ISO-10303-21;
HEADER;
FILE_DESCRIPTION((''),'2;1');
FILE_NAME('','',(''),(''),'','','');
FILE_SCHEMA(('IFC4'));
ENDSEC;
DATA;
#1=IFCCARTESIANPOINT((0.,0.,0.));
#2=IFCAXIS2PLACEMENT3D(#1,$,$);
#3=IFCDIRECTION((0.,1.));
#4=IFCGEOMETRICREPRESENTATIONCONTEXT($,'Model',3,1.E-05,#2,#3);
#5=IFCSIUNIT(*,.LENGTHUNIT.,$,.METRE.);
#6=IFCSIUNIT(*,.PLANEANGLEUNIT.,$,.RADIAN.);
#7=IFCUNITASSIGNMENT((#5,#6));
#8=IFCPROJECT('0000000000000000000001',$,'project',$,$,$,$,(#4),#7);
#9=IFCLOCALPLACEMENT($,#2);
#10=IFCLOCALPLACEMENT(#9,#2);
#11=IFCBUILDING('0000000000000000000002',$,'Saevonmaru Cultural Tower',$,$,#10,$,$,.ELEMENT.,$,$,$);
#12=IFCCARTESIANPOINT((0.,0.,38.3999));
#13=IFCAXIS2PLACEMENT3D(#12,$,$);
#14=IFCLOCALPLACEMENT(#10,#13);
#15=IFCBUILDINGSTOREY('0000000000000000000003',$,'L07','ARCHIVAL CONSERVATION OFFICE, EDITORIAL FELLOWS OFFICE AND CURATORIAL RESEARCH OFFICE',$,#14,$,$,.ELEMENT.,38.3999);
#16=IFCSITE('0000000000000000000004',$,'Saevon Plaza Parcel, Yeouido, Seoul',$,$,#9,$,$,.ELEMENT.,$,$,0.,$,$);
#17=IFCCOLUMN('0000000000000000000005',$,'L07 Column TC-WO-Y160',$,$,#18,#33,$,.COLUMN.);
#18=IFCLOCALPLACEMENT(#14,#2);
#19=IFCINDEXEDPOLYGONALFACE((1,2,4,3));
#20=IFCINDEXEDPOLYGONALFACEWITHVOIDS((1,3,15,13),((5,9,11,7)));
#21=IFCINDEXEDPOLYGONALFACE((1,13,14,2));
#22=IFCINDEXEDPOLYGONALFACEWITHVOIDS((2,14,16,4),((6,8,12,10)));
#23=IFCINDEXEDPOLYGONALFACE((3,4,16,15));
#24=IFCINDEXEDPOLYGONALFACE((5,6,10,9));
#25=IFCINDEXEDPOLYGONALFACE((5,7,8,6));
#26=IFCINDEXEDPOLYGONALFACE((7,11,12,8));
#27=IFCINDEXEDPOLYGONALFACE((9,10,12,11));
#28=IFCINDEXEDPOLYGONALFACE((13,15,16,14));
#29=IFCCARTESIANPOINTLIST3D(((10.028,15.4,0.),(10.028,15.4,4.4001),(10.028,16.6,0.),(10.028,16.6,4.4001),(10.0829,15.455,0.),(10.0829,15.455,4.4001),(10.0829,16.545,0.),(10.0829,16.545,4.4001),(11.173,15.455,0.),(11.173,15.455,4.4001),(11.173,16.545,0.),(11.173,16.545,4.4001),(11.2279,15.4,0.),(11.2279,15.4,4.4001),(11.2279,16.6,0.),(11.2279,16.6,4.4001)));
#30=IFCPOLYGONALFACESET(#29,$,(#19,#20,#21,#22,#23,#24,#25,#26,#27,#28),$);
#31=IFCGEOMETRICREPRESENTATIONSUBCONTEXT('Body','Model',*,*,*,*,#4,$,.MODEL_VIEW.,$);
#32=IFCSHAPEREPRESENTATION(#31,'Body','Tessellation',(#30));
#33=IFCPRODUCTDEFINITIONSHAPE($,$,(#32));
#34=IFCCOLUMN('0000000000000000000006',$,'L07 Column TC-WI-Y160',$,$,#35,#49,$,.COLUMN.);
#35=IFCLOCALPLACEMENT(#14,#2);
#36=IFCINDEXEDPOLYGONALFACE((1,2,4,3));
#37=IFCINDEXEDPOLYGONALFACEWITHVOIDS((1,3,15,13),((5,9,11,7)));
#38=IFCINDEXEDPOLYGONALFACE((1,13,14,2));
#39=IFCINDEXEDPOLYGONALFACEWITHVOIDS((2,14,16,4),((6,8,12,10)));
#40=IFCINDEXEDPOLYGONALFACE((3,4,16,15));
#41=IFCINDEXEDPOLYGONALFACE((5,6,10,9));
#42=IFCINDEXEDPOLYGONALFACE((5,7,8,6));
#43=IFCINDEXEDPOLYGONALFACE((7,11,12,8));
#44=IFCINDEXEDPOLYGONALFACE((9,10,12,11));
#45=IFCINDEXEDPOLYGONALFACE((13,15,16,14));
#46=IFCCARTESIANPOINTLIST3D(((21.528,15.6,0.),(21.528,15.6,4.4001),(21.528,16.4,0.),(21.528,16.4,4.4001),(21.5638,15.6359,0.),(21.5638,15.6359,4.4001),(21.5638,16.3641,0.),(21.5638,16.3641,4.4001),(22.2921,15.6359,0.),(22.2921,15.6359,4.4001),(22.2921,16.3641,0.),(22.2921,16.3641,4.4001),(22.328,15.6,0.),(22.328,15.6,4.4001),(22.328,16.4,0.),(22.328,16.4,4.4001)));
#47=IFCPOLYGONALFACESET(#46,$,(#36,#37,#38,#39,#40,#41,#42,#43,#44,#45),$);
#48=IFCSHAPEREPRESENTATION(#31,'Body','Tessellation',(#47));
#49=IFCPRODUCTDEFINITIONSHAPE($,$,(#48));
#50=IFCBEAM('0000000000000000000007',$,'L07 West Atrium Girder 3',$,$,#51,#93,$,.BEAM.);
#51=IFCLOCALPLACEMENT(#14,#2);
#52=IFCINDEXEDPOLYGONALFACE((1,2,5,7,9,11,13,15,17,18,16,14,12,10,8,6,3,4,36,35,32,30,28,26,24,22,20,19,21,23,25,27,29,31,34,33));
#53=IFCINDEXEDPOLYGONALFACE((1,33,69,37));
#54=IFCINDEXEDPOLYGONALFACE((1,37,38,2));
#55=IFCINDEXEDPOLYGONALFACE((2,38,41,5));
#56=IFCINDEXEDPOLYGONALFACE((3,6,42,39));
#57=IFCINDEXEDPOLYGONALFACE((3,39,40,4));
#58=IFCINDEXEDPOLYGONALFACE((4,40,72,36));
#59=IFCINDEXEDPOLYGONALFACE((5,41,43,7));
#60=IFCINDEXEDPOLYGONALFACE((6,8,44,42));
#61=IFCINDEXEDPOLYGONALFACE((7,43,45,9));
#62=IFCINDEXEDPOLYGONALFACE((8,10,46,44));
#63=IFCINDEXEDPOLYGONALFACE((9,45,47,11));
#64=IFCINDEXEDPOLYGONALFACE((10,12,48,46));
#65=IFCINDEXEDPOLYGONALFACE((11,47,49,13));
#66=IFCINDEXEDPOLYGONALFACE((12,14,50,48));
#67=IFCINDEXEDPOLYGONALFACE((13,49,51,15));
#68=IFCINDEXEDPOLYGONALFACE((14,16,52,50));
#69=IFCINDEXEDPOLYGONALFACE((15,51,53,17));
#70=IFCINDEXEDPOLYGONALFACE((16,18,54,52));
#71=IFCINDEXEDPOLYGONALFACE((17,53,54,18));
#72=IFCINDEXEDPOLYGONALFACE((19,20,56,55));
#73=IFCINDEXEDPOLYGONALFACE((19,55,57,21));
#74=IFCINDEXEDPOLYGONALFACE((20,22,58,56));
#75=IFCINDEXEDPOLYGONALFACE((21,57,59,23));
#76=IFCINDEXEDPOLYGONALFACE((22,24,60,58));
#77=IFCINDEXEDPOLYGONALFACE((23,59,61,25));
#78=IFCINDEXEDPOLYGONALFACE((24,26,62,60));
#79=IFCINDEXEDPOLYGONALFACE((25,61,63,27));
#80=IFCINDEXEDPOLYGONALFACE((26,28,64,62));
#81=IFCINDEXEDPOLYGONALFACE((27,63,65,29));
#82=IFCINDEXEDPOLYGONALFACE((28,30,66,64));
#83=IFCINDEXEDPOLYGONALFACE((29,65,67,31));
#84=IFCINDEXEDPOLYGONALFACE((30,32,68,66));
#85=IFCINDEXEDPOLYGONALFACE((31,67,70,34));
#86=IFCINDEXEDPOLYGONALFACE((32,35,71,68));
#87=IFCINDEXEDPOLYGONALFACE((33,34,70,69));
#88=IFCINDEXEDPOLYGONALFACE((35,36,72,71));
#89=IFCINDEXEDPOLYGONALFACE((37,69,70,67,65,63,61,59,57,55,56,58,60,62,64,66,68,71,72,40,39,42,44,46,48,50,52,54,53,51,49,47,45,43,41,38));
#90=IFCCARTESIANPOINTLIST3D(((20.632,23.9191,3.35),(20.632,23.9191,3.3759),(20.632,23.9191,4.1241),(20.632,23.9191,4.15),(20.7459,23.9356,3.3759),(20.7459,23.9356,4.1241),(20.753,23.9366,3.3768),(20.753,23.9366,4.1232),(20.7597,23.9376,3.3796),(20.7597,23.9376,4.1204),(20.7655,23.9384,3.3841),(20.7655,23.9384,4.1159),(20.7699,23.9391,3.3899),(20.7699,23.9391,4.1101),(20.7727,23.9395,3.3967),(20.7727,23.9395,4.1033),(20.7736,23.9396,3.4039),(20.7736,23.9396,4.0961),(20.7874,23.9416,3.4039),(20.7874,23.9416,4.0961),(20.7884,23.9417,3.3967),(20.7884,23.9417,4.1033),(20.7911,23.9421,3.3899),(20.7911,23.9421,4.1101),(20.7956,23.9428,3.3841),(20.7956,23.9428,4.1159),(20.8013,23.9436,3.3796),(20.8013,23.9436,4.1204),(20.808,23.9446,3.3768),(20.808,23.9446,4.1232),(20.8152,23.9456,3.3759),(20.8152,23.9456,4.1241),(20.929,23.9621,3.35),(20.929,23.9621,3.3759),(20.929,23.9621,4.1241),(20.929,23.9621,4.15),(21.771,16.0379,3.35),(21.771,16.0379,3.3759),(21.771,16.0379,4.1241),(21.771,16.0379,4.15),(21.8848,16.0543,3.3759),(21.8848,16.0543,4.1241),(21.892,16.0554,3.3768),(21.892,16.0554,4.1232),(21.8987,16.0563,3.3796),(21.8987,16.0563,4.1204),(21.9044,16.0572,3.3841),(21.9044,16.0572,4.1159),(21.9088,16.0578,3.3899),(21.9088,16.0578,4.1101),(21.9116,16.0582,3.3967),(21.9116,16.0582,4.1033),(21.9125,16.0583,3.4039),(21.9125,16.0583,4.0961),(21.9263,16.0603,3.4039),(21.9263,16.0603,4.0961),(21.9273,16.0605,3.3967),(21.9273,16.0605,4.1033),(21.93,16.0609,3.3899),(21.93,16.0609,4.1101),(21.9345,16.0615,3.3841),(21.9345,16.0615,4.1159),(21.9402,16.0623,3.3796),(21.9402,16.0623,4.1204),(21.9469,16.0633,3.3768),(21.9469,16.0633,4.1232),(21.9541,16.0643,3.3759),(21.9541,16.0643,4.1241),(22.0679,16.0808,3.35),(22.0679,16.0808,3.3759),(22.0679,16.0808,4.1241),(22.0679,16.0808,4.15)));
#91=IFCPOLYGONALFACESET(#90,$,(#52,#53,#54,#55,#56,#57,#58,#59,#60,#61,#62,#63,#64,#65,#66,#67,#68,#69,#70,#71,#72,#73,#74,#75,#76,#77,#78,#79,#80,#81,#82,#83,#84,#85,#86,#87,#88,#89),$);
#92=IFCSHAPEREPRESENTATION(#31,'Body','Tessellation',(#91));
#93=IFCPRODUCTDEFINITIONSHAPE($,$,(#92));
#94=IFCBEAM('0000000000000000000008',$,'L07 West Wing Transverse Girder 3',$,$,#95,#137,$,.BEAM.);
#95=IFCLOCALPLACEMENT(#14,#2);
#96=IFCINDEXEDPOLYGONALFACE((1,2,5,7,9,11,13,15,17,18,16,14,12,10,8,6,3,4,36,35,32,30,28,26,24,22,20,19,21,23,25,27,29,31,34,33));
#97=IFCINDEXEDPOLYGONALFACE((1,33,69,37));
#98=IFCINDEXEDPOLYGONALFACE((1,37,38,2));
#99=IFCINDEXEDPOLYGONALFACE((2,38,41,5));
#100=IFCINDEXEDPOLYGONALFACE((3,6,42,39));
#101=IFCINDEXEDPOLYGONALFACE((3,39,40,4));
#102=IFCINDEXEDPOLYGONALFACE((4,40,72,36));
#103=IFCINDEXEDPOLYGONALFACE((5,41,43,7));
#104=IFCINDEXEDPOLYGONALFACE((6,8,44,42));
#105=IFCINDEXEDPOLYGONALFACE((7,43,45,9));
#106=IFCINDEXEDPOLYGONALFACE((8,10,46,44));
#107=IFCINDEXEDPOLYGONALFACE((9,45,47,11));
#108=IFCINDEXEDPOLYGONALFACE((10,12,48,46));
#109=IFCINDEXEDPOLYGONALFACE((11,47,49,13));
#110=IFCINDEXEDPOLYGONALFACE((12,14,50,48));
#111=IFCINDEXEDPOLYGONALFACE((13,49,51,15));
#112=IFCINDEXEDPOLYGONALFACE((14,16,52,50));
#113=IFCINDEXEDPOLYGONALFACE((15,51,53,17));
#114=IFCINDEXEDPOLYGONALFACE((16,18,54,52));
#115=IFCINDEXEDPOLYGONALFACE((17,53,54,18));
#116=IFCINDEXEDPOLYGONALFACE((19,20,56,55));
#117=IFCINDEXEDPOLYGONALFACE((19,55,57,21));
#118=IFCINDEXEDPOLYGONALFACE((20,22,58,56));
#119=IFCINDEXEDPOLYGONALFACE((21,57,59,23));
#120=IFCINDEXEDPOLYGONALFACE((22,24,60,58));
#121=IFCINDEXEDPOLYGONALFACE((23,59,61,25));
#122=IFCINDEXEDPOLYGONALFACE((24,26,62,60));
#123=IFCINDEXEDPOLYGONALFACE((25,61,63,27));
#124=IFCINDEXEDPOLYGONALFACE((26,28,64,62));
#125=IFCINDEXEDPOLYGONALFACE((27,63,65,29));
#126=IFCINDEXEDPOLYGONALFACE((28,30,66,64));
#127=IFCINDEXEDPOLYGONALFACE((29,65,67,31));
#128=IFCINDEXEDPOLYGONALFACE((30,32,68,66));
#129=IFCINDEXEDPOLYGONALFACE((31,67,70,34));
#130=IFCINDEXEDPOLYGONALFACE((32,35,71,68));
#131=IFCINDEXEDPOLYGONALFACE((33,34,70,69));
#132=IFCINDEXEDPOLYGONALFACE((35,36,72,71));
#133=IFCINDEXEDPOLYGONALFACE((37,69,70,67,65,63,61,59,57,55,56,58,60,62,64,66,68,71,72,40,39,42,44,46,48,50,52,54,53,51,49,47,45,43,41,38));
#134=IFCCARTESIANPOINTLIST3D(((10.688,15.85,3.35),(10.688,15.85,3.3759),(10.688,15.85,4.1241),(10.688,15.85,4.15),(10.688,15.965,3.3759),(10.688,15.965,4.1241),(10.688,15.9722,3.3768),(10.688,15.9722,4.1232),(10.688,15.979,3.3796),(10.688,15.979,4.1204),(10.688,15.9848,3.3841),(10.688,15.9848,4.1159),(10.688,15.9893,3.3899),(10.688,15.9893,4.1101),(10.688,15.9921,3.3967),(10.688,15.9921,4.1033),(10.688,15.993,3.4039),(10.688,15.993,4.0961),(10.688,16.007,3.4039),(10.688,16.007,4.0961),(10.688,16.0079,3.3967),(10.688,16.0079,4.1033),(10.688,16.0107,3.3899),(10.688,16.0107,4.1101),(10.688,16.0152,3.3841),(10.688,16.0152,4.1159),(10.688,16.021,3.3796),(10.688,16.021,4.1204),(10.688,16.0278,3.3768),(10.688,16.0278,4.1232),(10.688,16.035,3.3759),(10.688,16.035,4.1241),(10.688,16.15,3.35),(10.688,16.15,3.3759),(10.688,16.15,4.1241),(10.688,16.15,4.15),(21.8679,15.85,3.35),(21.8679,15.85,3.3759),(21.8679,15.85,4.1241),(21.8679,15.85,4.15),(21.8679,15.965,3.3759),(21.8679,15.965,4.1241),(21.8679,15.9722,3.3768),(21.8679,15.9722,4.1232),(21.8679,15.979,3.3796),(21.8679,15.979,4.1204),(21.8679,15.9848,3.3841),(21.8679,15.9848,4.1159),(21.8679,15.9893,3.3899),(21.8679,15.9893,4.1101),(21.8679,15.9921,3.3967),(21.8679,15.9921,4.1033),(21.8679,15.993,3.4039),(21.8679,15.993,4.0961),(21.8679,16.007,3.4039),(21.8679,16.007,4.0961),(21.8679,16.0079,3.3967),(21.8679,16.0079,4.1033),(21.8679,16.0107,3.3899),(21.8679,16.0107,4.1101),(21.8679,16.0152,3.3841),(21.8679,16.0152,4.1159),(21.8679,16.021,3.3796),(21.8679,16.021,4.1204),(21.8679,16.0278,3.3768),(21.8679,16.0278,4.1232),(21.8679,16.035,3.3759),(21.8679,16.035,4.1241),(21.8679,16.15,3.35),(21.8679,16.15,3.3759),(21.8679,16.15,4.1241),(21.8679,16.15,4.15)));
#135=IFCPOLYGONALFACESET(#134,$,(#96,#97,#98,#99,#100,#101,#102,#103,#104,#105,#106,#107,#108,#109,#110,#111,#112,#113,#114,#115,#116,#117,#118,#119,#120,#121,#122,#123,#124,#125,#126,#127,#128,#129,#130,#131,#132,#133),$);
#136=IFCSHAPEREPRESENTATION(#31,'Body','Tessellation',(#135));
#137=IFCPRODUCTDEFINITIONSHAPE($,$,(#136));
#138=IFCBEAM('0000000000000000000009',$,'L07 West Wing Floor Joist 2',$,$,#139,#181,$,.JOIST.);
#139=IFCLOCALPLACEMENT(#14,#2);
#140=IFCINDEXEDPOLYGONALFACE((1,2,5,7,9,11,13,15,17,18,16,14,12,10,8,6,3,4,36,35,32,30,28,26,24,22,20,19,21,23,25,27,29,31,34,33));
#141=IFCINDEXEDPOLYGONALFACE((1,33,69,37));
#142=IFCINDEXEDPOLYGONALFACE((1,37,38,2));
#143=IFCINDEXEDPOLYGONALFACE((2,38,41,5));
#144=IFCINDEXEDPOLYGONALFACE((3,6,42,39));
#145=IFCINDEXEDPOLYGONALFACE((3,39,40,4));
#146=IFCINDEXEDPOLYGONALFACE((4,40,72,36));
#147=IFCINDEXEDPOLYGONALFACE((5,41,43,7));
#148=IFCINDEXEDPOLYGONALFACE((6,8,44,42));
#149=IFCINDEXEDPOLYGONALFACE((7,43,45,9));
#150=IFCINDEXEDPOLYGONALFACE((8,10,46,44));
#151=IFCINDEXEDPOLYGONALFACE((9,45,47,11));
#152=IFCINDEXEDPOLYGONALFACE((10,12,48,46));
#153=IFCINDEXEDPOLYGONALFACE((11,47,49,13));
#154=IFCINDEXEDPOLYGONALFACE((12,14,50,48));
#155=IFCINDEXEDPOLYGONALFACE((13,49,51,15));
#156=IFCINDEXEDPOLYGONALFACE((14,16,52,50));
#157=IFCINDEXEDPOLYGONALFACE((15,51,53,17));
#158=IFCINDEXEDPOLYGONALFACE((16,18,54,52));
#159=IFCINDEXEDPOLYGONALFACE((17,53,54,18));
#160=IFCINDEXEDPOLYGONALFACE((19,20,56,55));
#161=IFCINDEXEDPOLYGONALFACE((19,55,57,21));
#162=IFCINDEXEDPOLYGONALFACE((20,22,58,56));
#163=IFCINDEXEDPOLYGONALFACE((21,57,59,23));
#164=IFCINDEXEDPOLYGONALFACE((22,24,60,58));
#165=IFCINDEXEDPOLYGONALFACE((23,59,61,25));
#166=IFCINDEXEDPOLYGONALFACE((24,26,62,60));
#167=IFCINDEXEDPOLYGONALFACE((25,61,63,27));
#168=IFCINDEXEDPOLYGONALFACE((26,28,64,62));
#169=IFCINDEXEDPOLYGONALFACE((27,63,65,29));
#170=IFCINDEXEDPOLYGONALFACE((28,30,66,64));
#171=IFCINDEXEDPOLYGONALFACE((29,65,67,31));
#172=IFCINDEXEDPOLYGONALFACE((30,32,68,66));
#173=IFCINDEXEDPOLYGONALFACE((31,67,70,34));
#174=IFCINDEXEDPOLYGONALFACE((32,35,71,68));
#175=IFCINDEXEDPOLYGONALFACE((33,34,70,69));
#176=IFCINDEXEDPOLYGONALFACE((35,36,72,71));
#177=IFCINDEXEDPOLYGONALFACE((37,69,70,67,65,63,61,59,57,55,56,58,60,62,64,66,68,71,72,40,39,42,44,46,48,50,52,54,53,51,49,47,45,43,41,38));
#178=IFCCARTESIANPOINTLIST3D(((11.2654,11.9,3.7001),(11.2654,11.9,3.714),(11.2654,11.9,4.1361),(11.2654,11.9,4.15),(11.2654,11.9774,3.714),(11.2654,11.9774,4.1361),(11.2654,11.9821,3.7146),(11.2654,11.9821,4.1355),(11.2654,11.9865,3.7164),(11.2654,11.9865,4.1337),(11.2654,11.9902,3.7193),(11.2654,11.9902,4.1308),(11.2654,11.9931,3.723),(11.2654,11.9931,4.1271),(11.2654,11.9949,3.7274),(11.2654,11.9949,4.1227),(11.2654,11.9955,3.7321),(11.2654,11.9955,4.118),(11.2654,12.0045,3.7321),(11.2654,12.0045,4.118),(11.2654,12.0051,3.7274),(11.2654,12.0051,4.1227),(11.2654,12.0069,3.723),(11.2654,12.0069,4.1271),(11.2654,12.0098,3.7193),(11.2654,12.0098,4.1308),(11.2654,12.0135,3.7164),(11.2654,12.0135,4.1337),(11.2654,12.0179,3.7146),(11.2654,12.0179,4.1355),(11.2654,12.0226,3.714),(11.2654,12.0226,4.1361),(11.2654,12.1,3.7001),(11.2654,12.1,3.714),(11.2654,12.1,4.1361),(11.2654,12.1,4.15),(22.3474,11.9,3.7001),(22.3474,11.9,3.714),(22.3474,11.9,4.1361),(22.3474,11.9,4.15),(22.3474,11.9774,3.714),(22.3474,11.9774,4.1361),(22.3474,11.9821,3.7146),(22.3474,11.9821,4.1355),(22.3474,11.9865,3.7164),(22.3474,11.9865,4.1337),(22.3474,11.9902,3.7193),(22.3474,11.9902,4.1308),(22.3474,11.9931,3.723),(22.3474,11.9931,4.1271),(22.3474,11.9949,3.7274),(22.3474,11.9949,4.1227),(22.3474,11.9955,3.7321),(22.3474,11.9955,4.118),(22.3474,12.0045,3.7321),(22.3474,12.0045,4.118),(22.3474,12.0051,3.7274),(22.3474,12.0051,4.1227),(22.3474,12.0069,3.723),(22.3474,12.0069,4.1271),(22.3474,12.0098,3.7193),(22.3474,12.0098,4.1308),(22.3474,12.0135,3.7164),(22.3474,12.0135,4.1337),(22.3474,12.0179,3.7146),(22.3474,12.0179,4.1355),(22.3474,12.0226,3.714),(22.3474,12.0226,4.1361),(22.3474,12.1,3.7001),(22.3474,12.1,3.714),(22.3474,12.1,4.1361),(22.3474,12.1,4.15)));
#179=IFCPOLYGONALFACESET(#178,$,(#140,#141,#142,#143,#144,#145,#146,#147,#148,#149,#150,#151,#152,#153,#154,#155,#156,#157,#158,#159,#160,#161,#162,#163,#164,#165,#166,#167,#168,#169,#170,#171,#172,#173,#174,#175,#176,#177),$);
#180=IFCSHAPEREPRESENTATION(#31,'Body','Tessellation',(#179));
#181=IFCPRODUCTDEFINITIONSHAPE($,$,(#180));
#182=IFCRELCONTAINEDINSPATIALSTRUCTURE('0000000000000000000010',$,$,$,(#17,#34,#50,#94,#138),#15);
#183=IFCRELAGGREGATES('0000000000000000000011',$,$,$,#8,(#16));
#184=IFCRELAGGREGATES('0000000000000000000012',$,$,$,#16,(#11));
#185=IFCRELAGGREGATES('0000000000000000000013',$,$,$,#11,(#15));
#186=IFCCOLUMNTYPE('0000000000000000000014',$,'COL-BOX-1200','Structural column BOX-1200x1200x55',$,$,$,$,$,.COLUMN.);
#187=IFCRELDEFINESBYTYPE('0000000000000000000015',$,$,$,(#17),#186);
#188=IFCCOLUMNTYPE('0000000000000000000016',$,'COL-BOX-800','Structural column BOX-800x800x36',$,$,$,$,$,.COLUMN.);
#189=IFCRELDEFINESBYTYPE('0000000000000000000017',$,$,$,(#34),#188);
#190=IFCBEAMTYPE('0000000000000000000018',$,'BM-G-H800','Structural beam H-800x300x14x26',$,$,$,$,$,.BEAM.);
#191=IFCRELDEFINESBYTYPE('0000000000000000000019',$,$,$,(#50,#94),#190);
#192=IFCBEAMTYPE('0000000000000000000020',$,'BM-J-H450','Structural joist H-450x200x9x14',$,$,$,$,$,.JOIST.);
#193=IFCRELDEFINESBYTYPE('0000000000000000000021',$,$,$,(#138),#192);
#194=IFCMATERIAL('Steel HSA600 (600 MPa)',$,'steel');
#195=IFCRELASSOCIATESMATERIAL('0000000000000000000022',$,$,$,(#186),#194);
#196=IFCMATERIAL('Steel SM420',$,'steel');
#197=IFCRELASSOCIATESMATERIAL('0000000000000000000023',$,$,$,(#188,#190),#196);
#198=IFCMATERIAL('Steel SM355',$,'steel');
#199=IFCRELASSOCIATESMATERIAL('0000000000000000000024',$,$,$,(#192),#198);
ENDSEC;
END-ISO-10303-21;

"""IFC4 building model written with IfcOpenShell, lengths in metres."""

from ifc_helpers import new_model, si_unit, direction, frame, origin, origin_2d, place, context, subcontext, project, spatial, hollow_rectangle, i_section, extrude, material, material_profile, profile_set, type_object, element, save


model = new_model("IFC4")

# Units and contexts
model_context = context("Model", 3, precision=1e-05, world=origin(), true_north=direction((0.0, 1.0)))
body_context = subcontext(model_context, "Body", "Model", "MODEL_VIEW")
ifc_project = project(units=[si_unit("LENGTHUNIT", "METRE"), si_unit("PLANEANGLEUNIT", "RADIAN")], contexts=[model_context])

# Site, building, storey
site_placement = place(None, origin())
site = spatial("IfcSite", under=ifc_project, at=site_placement, Name="Saevon Plaza Parcel, Yeouido, Seoul", CompositionType="ELEMENT", RefElevation=0.0)
building_placement = place(site_placement, origin())
building = spatial("IfcBuilding", under=site, at=building_placement, Name="Saevonmaru Cultural Tower", CompositionType="ELEMENT")
storey_placement = place(building_placement, frame((0.0, 0.0, 38.3999)))
storey = spatial("IfcBuildingStorey", under=building, at=storey_placement, Name="L07", Description="ARCHIVAL CONSERVATION OFFICE, EDITORIAL FELLOWS OFFICE AND CURATORIAL RESEARCH OFFICE", CompositionType="ELEMENT", Elevation=38.3999)

# Columns
ifc_material_1 = material(Name="Steel HSA600 (600 MPa)", Category="steel")
ifc_material_profile_1 = material_profile(ifc_material_1, hollow_rectangle(XDim=1.2, YDim=1.2, WallThickness=0.0549, at=origin_2d()), Name="BOX-1200x1200x55")
ifc_profile_set_1 = profile_set([ifc_material_profile_1], Name="Steel HSA600 (600 MPa)")
column_type_1 = type_object("IfcColumnType", Name="COL-BOX-1200", Description="Structural column BOX-1200x1200x55", PredefinedType="COLUMN", material=ifc_profile_set_1)
column_1_placement = place(storey_placement, frame((10.6279, 16.0, 0.0), z_axis=(0.0, 0.0, 1.0), x_axis=(1.0, 0.0, 0.0)))
element("IfcColumn", 1, at=column_1_placement, inside=storey, type_object=column_type_1, Name="L07 Column TC-WO-Y160", PredefinedType="COLUMN", context=body_context, shape_type="SweptSolid", body=[
    extrude(hollow_rectangle(XDim=1.2, YDim=1.2, WallThickness=0.0549, at=origin_2d()), origin(), (0.0, 0.0, 1.0), 4.4001),
])
ifc_material_2 = material(Name="Steel SM420", Category="steel")
ifc_material_profile_2 = material_profile(ifc_material_2, hollow_rectangle(XDim=0.8, YDim=0.8, WallThickness=0.0359, at=origin_2d()), Name="BOX-800x800x36")
ifc_profile_set_2 = profile_set([ifc_material_profile_2], Name="Steel SM420")
column_type_2 = type_object("IfcColumnType", Name="COL-BOX-800", Description="Structural column BOX-800x800x36", PredefinedType="COLUMN", material=ifc_profile_set_2)
column_2_placement = place(storey_placement, frame((21.928, 16.0, 0.0), z_axis=(0.0, 0.0, 1.0), x_axis=(1.0, 0.0, 0.0)))
element("IfcColumn", 2, at=column_2_placement, inside=storey, type_object=column_type_2, Name="L07 Column TC-WI-Y160", PredefinedType="COLUMN", context=body_context, shape_type="SweptSolid", body=[
    extrude(hollow_rectangle(XDim=0.8, YDim=0.8, WallThickness=0.0359, at=origin_2d()), origin(), (0.0, 0.0, 1.0), 4.4001),
])

# Beams
ifc_material_profile_3 = material_profile(ifc_material_2, i_section(OverallWidth=0.3, OverallDepth=0.8, WebThickness=0.0139, FlangeThickness=0.0259, FilletRadius=0.0281, at=origin_2d()), Name="H-800x300x14x26")
ifc_profile_set_3 = profile_set([ifc_material_profile_3], Name="Steel SM420")
beam_type_1 = type_object("IfcBeamType", Name="BM-G-H800", Description="Structural beam H-800x300x14x26", PredefinedType="BEAM", material=ifc_profile_set_3)
beam_1_placement = place(storey_placement, frame((21.9194, 16.0593, 3.75), z_axis=(-0.143022, 0.989719, 0.0), x_axis=(-0.989719, -0.143022, 0.0)))
element("IfcBeam", 3, at=beam_1_placement, inside=storey, type_object=beam_type_1, Name="L07 West Atrium Girder 3", PredefinedType="BEAM", context=body_context, shape_type="SweptSolid", body=[
    extrude(i_section(OverallWidth=0.3, OverallDepth=0.8, WebThickness=0.0139, FlangeThickness=0.0259, FilletRadius=0.0281, at=origin_2d()), origin(), (0.0, 0.0, 1.0), 7.9631),
])
beam_2_placement = place(storey_placement, frame((10.688, 16.0, 3.75), z_axis=(1.0, 0.0, 0.0), x_axis=(0.0, 1.0, 0.0)))
element("IfcBeam", 4, at=beam_2_placement, inside=storey, type_object=beam_type_1, Name="L07 West Wing Transverse Girder 3", PredefinedType="BEAM", context=body_context, shape_type="SweptSolid", body=[
    extrude(i_section(OverallWidth=0.3, OverallDepth=0.8, WebThickness=0.0139, FlangeThickness=0.0259, FilletRadius=0.0281, at=origin_2d()), origin(), (0.0, 0.0, 1.0), 11.1799),
])
ifc_material_3 = material(Name="Steel SM355", Category="steel")
ifc_material_profile_4 = material_profile(ifc_material_3, i_section(OverallWidth=0.2, OverallDepth=0.45, WebThickness=0.009, FlangeThickness=0.0139, FilletRadius=0.0181, at=origin_2d()), Name="H-450x200x9x14")
ifc_profile_set_4 = profile_set([ifc_material_profile_4], Name="Steel SM355")
beam_type_2 = type_object("IfcBeamType", Name="BM-J-H450", Description="Structural joist H-450x200x9x14", PredefinedType="JOIST", material=ifc_profile_set_4)
beam_3_placement = place(storey_placement, frame((11.2654, 12.0, 3.925), z_axis=(1.0, 0.0, 0.0), x_axis=(0.0, 1.0, 0.0)))
element("IfcBeam", 5, at=beam_3_placement, inside=storey, type_object=beam_type_2, Name="L07 West Wing Floor Joist 2", PredefinedType="JOIST", context=body_context, shape_type="SweptSolid", body=[
    extrude(i_section(OverallWidth=0.2, OverallDepth=0.45, WebThickness=0.009, FlangeThickness=0.0139, FilletRadius=0.0181, at=origin_2d()), origin(), (0.0, 0.0, 1.0), 11.082),
])

save(model, "model.ifc")
